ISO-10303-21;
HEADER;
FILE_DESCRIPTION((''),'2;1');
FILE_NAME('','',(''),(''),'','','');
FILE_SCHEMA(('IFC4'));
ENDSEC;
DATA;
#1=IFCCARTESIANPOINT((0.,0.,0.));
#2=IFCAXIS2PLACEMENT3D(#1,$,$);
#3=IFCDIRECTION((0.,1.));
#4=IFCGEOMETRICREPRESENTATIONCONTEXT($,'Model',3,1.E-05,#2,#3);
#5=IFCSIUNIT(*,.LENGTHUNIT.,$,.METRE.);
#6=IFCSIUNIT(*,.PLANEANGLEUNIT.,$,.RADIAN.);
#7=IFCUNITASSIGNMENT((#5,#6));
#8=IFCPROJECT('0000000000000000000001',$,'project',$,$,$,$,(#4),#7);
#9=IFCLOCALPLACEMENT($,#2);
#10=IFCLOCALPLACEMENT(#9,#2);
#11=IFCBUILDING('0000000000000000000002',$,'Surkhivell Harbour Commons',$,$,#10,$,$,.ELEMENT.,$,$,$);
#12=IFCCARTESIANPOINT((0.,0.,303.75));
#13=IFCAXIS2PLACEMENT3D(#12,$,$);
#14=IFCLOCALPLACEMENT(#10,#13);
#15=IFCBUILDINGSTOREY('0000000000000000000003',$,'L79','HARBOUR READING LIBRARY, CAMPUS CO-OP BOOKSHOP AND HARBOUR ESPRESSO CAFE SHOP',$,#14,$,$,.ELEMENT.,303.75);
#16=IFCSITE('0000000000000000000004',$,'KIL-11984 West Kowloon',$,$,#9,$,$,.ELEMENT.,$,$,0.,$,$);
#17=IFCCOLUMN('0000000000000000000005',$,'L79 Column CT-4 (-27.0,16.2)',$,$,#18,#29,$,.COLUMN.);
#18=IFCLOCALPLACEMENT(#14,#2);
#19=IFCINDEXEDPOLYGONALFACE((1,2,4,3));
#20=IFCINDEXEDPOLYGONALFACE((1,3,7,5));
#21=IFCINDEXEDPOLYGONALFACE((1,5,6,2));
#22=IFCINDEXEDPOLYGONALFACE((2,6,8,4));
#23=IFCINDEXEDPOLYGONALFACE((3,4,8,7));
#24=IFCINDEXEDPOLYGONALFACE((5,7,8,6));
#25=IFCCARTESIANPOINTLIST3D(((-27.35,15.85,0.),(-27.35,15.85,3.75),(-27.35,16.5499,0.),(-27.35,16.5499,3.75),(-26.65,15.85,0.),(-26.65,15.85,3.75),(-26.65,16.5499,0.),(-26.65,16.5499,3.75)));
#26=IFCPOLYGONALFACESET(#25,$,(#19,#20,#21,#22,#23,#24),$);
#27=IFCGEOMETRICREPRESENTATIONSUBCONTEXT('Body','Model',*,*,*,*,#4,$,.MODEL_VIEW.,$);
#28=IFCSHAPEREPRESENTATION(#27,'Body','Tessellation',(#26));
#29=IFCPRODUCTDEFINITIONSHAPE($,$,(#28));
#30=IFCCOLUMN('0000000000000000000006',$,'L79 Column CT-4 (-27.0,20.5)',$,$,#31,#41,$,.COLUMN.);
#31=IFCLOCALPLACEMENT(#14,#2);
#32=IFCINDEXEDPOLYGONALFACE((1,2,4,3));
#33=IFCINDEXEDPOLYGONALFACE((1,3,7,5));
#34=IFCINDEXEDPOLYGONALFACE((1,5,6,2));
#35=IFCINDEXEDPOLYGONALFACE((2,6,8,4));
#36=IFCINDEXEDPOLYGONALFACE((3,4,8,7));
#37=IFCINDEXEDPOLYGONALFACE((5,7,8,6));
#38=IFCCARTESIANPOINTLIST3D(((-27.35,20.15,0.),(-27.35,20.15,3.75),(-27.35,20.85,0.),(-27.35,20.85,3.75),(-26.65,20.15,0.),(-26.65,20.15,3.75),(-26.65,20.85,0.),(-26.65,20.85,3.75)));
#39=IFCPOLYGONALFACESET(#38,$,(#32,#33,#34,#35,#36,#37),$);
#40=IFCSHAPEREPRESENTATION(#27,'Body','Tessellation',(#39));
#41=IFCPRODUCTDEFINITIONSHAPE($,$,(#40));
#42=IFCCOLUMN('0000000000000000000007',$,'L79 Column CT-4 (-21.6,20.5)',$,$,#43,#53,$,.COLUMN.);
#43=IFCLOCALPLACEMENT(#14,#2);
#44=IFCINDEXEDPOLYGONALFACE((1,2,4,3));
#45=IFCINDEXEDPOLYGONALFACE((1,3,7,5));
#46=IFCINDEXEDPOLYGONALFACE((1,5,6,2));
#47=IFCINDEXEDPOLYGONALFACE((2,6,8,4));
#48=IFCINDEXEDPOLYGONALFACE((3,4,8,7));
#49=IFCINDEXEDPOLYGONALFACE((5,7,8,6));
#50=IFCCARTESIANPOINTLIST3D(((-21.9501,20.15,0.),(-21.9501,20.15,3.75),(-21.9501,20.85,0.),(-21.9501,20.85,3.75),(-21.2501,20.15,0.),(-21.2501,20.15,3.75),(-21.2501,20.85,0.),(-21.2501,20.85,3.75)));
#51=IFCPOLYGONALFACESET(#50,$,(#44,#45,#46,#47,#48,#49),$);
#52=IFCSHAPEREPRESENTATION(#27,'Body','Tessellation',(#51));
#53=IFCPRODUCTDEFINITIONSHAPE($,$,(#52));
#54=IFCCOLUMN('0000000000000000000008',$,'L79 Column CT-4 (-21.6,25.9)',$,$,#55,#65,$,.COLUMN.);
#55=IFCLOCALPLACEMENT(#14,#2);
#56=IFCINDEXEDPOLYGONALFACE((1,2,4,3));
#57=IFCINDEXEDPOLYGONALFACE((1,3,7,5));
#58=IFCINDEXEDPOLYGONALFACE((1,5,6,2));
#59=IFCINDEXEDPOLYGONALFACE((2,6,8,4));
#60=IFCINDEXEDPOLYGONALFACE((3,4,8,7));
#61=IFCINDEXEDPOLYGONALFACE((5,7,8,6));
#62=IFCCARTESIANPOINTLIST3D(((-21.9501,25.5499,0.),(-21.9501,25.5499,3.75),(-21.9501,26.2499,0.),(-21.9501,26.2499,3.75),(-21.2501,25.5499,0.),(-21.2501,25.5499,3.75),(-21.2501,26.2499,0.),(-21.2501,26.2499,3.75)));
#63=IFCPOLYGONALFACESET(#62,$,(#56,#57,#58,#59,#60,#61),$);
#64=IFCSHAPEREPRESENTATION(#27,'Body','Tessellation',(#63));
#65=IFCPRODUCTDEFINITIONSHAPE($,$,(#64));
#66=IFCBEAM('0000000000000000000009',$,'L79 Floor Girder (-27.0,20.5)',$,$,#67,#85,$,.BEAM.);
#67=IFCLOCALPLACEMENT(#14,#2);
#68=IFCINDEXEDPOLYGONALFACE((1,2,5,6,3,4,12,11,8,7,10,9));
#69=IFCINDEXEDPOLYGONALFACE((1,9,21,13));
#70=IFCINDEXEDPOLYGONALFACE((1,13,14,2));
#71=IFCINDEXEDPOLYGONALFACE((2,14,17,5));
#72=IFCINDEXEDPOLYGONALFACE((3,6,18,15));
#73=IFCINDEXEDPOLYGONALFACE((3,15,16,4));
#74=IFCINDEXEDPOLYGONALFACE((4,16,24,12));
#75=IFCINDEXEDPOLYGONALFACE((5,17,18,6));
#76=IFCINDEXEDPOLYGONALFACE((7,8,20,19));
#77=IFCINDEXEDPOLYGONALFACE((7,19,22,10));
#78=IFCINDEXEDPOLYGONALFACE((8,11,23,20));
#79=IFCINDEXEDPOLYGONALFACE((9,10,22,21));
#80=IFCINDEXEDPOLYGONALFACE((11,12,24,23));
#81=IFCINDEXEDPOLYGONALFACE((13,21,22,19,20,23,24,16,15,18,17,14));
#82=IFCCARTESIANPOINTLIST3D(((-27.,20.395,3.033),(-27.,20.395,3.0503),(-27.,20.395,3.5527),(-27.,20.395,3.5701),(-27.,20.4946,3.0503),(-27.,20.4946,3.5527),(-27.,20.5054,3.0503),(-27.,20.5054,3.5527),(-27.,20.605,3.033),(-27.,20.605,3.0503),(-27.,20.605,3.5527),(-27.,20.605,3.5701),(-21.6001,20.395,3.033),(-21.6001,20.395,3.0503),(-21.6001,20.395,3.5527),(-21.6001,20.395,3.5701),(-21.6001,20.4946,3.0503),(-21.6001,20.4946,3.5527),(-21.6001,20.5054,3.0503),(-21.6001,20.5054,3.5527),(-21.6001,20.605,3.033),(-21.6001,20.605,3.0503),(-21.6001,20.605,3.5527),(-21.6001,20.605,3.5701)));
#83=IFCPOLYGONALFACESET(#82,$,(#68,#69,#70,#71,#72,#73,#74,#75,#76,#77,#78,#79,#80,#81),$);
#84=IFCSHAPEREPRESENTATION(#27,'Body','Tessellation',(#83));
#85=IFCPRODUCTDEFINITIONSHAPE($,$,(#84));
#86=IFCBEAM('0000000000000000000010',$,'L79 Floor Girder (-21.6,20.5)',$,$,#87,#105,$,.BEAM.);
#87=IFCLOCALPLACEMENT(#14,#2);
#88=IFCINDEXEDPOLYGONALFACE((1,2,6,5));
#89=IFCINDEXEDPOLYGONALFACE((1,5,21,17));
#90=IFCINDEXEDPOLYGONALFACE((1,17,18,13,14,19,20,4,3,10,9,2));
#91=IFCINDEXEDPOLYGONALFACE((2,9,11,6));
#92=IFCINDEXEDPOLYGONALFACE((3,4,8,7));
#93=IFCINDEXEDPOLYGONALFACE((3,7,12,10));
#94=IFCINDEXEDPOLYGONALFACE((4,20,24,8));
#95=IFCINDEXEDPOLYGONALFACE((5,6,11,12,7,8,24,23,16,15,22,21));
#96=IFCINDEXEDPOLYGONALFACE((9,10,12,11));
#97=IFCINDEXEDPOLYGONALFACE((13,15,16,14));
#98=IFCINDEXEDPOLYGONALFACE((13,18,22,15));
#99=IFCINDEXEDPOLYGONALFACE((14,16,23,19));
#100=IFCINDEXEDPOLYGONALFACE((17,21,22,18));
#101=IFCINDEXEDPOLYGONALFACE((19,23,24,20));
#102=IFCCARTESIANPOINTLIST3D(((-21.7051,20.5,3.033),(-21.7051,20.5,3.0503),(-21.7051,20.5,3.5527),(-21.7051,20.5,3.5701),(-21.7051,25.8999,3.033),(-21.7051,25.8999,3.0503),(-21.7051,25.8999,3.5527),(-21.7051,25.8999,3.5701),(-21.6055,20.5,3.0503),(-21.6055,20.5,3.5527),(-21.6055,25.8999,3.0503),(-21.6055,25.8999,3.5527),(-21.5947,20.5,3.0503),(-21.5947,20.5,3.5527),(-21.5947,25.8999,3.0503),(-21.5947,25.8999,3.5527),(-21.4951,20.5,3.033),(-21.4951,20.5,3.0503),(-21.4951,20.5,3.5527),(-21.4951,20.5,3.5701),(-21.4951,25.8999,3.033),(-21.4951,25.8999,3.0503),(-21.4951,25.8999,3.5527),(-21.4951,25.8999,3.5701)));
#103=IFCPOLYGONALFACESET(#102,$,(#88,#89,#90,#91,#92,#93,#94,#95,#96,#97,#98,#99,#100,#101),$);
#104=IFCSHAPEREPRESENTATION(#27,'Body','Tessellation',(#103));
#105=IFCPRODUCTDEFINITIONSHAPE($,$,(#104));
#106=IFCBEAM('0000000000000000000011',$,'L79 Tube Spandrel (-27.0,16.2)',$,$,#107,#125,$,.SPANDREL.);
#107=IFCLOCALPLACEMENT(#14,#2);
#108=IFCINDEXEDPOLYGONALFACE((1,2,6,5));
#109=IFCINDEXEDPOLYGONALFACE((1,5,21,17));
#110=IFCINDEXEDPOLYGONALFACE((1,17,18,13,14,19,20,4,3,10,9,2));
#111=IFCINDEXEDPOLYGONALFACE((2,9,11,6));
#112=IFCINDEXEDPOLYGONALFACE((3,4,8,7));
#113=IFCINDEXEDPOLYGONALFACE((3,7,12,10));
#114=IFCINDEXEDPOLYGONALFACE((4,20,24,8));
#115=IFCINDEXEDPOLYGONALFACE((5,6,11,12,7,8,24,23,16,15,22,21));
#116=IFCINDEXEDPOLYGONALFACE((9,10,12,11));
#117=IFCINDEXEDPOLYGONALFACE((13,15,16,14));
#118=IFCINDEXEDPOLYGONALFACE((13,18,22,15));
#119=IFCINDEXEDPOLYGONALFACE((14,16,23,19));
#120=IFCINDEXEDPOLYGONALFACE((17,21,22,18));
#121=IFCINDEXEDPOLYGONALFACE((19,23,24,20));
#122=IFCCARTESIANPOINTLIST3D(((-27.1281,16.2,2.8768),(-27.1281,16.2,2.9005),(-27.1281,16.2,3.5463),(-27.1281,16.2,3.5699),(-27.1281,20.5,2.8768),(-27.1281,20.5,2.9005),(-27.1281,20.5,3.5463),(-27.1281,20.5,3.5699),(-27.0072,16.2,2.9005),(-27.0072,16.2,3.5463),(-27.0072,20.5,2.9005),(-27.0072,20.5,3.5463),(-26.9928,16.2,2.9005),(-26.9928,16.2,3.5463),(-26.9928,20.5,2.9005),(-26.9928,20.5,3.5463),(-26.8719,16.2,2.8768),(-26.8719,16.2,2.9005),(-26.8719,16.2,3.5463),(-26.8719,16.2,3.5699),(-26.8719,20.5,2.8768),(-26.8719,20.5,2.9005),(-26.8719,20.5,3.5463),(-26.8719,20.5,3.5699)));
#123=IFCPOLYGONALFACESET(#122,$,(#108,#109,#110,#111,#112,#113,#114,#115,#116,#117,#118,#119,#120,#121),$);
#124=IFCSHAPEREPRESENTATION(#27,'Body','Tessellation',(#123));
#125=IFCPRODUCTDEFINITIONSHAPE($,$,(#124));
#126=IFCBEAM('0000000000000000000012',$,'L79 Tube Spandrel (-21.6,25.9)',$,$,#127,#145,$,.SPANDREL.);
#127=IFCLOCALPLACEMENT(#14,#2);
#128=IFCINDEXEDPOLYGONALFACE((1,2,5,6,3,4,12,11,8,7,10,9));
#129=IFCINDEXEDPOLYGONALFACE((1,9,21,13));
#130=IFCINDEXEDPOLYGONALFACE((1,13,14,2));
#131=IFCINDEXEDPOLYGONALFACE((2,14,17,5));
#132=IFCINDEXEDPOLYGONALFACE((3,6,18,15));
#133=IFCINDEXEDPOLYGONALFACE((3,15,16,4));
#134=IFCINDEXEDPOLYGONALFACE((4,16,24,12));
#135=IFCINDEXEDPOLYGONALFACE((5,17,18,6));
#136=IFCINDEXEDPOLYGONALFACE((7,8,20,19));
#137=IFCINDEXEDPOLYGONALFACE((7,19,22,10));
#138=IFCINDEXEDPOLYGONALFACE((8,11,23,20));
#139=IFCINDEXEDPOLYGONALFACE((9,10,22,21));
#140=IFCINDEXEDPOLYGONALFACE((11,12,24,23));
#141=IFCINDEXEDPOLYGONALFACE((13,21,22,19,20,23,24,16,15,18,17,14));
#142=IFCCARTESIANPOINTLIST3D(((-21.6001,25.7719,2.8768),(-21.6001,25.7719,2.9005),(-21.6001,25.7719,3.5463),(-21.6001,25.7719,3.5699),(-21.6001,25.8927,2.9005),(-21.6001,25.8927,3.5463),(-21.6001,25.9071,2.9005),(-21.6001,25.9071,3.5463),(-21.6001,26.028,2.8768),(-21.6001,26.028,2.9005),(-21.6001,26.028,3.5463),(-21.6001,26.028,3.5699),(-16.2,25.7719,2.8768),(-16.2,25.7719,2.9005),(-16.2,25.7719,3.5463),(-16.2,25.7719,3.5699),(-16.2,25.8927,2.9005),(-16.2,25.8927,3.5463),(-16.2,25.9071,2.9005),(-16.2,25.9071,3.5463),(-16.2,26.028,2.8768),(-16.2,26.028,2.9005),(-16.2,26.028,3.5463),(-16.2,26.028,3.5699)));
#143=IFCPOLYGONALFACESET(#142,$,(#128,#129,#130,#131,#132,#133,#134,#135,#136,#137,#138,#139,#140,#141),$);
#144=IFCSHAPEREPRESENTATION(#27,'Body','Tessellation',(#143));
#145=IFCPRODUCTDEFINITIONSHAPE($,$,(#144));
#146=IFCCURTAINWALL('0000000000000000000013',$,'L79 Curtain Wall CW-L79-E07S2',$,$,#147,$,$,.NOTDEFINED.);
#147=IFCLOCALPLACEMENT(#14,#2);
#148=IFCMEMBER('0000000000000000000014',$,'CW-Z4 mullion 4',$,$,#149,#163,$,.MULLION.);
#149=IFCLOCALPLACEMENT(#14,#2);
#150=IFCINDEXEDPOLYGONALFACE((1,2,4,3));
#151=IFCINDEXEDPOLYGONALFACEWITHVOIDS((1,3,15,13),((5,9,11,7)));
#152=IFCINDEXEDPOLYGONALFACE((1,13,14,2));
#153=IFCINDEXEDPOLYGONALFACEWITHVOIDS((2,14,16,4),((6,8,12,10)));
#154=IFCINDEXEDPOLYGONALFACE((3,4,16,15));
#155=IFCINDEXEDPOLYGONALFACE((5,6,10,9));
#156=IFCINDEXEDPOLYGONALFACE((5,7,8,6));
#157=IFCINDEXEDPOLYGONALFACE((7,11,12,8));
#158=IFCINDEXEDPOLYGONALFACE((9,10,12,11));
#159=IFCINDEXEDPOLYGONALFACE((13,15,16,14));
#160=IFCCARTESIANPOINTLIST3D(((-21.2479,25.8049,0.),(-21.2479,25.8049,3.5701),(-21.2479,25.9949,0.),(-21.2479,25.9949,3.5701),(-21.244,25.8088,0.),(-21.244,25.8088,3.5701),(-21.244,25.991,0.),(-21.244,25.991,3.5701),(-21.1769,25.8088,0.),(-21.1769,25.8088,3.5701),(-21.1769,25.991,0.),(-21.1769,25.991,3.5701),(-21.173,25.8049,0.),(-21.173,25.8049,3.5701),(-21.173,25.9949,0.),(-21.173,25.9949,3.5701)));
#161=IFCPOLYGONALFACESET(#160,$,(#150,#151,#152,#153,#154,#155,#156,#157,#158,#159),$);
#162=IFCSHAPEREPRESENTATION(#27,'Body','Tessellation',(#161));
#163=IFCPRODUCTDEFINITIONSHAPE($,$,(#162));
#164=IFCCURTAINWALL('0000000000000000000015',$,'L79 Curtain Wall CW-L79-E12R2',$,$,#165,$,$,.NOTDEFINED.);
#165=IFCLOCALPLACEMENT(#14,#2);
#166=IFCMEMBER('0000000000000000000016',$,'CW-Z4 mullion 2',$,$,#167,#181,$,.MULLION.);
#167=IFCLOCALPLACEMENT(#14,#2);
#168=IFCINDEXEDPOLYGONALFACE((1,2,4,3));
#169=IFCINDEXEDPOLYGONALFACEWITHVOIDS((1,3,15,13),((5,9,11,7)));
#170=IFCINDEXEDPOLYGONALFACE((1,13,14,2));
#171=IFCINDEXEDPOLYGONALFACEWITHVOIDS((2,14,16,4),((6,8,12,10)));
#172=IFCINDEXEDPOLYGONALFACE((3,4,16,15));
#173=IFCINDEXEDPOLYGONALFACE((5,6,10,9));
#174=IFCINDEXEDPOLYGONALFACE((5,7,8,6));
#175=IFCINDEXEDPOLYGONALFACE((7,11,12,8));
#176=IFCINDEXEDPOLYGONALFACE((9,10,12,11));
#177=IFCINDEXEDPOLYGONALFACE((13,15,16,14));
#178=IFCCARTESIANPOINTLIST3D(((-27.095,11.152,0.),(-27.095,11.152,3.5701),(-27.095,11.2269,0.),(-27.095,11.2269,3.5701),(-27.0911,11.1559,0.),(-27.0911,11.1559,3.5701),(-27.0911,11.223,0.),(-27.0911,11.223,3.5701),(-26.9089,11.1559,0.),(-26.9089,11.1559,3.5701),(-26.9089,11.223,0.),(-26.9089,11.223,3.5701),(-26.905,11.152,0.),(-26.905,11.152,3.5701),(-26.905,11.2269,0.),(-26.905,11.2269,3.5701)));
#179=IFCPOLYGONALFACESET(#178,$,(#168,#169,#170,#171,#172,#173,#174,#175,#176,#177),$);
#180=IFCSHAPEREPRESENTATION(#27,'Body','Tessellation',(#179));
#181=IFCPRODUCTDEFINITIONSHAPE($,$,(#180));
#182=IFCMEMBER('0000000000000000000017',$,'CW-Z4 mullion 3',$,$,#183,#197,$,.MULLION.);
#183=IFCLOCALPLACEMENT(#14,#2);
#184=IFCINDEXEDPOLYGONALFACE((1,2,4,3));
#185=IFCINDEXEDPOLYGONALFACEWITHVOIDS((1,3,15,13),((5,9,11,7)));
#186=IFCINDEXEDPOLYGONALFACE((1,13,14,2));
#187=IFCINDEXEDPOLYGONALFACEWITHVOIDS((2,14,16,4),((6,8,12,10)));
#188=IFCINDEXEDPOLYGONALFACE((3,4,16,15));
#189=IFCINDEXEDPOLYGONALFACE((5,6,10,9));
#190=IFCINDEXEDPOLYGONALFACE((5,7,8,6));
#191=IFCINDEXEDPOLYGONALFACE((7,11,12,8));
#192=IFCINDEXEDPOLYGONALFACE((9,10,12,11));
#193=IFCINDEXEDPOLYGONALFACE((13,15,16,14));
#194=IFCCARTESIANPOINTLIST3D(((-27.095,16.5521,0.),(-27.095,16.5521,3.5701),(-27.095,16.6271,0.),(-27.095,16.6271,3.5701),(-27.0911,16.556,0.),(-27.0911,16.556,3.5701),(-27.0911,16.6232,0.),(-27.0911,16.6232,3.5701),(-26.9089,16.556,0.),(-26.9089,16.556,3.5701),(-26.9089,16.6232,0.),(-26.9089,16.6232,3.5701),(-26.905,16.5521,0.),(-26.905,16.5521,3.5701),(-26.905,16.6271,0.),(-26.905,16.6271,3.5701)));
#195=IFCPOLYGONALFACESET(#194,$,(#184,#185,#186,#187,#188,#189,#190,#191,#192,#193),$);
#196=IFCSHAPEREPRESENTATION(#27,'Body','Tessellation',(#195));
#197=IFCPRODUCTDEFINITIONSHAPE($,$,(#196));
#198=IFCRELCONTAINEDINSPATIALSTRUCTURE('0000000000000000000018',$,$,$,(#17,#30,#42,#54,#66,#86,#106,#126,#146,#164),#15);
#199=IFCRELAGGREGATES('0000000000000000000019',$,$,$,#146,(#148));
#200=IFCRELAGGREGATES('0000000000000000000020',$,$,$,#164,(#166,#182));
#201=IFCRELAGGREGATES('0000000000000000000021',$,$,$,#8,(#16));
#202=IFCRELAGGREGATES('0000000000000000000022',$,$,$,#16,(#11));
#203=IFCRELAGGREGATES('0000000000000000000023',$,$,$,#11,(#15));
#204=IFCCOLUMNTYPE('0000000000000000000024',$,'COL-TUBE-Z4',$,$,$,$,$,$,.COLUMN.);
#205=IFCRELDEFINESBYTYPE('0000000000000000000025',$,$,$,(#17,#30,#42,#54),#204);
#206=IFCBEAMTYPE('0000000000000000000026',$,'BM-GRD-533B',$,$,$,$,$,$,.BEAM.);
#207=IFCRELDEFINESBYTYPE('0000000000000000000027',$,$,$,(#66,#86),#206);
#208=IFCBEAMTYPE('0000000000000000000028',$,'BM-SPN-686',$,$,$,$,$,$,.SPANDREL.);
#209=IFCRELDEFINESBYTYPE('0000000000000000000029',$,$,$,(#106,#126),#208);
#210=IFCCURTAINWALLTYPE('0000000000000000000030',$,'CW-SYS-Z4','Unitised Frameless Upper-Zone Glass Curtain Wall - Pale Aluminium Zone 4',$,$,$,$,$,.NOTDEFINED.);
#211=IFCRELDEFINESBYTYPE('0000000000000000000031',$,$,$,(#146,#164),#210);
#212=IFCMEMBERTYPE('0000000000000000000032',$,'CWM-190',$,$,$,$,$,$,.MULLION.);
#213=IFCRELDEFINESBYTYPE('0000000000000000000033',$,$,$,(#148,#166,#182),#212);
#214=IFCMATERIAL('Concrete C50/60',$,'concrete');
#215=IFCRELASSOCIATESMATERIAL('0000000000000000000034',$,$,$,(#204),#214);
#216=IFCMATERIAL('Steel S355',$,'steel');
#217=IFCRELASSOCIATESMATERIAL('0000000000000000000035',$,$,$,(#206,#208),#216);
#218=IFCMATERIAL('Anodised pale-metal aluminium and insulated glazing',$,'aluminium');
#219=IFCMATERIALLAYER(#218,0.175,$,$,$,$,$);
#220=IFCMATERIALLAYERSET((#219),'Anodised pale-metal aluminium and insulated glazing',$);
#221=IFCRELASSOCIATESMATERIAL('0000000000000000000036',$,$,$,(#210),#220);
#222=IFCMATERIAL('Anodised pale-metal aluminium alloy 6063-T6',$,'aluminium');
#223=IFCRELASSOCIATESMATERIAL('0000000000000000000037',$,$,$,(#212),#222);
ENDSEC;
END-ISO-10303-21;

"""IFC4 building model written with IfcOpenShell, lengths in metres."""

from ifc_helpers import new_model, si_unit, direction, frame, origin, origin_2d, place, context, subcontext, project, spatial, rectangle, hollow_rectangle, i_section, extrude, material, layer, layer_set, material_profile, profile_set, type_object, element, aggregate, save


model = new_model("IFC4")

# Units and contexts
model_context = context("Model", 3, precision=1e-05, world=origin(), true_north=direction((0.0, 1.0)))
body_context = subcontext(model_context, "Body", "Model", "MODEL_VIEW")
ifc_project = project(units=[si_unit("LENGTHUNIT", "METRE"), si_unit("PLANEANGLEUNIT", "RADIAN")], contexts=[model_context])

# Site, building, storey
site_placement = place(None, origin())
site = spatial("IfcSite", under=ifc_project, at=site_placement, Name="KIL-11984 West Kowloon", CompositionType="ELEMENT", RefElevation=0.0)
building_placement = place(site_placement, origin())
building = spatial("IfcBuilding", under=site, at=building_placement, Name="Surkhivell Harbour Commons", CompositionType="ELEMENT")
storey_placement = place(building_placement, frame((0.0, 0.0, 303.75)))
storey = spatial("IfcBuildingStorey", under=building, at=storey_placement, Name="L79", Description="HARBOUR READING LIBRARY, CAMPUS CO-OP BOOKSHOP AND HARBOUR ESPRESSO CAFE SHOP", CompositionType="ELEMENT", Elevation=303.75)

# Columns
ifc_material_1 = material(Name="Concrete C50/60", Category="concrete")
ifc_material_profile_1 = material_profile(ifc_material_1, rectangle(XDim=0.7, YDim=0.7, at=origin_2d()), Name="RC-COL-700x700")
ifc_profile_set_1 = profile_set([ifc_material_profile_1], Name="Concrete C50/60")
column_type = type_object("IfcColumnType", Name="COL-TUBE-Z4", PredefinedType="COLUMN", material=ifc_profile_set_1)
for number, where, z_axis, x_axis, name in (
    (1, (-27.0, 16.2, 0.0), (0.0, 0.0, 1.0), (1.0, 0.0, 0.0), "L79 Column CT-4 (-27.0,16.2)"),
    (2, (-27.0, 20.5, 0.0), (0.0, 0.0, 1.0), (1.0, 0.0, 0.0), "L79 Column CT-4 (-27.0,20.5)"),
    (3, (-21.6001, 20.5, 0.0), (0.0, 0.0, 1.0), (1.0, 0.0, 0.0), "L79 Column CT-4 (-21.6,20.5)"),
    (4, (-21.6001, 25.8999, 0.0), (0.0, 0.0, 1.0), (1.0, 0.0, 0.0), "L79 Column CT-4 (-21.6,25.9)"),
):
    element("IfcColumn", number, at=place(storey_placement, frame(where, z_axis=z_axis, x_axis=x_axis)), inside=storey, type_object=column_type, Name=name, PredefinedType="COLUMN", context=body_context, shape_type="SweptSolid", body=[
        extrude(rectangle(XDim=0.7, YDim=0.7, at=origin_2d()), origin(), (0.0, 0.0, 1.0), 3.75),
    ])

# Beams
ifc_material_2 = material(Name="Steel S355", Category="steel")
ifc_material_profile_2 = material_profile(ifc_material_2, i_section(OverallWidth=0.21, OverallDepth=0.5371, WebThickness=0.0107, FlangeThickness=0.0173, at=origin_2d()), Name="UB533x210x101")
ifc_profile_set_2 = profile_set([ifc_material_profile_2], Name="Steel S355")
beam_type_1 = type_object("IfcBeamType", Name="BM-GRD-533B", PredefinedType="BEAM", material=ifc_profile_set_2)
for number, where, z_axis, x_axis, name in (
    (5, (-27.0, 20.5, 3.3015), (1.0, 0.0, 0.0), (0.0, 1.0, 0.0), "L79 Floor Girder (-27.0,20.5)"),
    (6, (-21.6001, 20.5, 3.3015), (0.0, 1.0, 0.0), (-1.0, 0.0, 0.0), "L79 Floor Girder (-21.6,20.5)"),
):
    element("IfcBeam", number, at=place(storey_placement, frame(where, z_axis=z_axis, x_axis=x_axis)), inside=storey, type_object=beam_type_1, Name=name, PredefinedType="BEAM", context=body_context, shape_type="SweptSolid", body=[
        extrude(i_section(OverallWidth=0.21, OverallDepth=0.5371, WebThickness=0.0107, FlangeThickness=0.0173, at=origin_2d()), origin(), (0.0, 0.0, 1.0), 5.3999),
    ])
ifc_material_profile_3 = material_profile(ifc_material_2, i_section(OverallWidth=0.2561, OverallDepth=0.6931, WebThickness=0.0144, FlangeThickness=0.0237, at=origin_2d()), Name="UB686x254x170")
ifc_profile_set_3 = profile_set([ifc_material_profile_3], Name="Steel S355")
beam_type_2 = type_object("IfcBeamType", Name="BM-SPN-686", PredefinedType="SPANDREL", material=ifc_profile_set_3)
beam_1_placement = place(storey_placement, frame((-27.0, 16.2, 3.2234), z_axis=(0.0, 1.0, 0.0), x_axis=(-1.0, 0.0, 0.0)))
element("IfcBeam", 7, at=beam_1_placement, inside=storey, type_object=beam_type_2, Name="L79 Tube Spandrel (-27.0,16.2)", PredefinedType="SPANDREL", context=body_context, shape_type="SweptSolid", body=[
    extrude(i_section(OverallWidth=0.2561, OverallDepth=0.6931, WebThickness=0.0144, FlangeThickness=0.0237, at=origin_2d()), origin(), (0.0, 0.0, 1.0), 4.3),
])
beam_2_placement = place(storey_placement, frame((-21.6001, 25.8999, 3.2234), z_axis=(1.0, 0.0, 0.0), x_axis=(0.0, 1.0, 0.0)))
element("IfcBeam", 8, at=beam_2_placement, inside=storey, type_object=beam_type_2, Name="L79 Tube Spandrel (-21.6,25.9)", PredefinedType="SPANDREL", context=body_context, shape_type="SweptSolid", body=[
    extrude(i_section(OverallWidth=0.2561, OverallDepth=0.6931, WebThickness=0.0144, FlangeThickness=0.0237, at=origin_2d()), origin(), (0.0, 0.0, 1.0), 5.4001),
])

# Curtain wall, member
ifc_material_3 = material(Name="Anodised pale-metal aluminium and insulated glazing", Category="aluminium")
ifc_layer_1 = layer(ifc_material_3, 0.175)
ifc_layer_set_1 = layer_set([ifc_layer_1], Name="Anodised pale-metal aluminium and insulated glazing")
curtain_wall_type = type_object("IfcCurtainWallType", Name="CW-SYS-Z4", Description="Unitised Frameless Upper-Zone Glass Curtain Wall - Pale Aluminium Zone 4", PredefinedType="NOTDEFINED", material=ifc_layer_set_1)
curtain_wall_1_placement = place(storey_placement, origin())
curtain_wall_1 = element("IfcCurtainWall", 9, at=curtain_wall_1_placement, inside=storey, type_object=curtain_wall_type, Name="L79 Curtain Wall CW-L79-E07S2", PredefinedType="NOTDEFINED")
ifc_material_4 = material(Name="Anodised pale-metal aluminium alloy 6063-T6", Category="aluminium")
ifc_material_profile_4 = material_profile(ifc_material_4, hollow_rectangle(XDim=0.075, YDim=0.1899, WallThickness=0.0039, at=origin_2d()), Name="ALU-MULL-75x190")
ifc_profile_set_4 = profile_set([ifc_material_profile_4], Name="Anodised pale-metal aluminium alloy 6063-T6")
member_type_1 = type_object("IfcMemberType", Name="CWM-190", PredefinedType="MULLION", material=ifc_profile_set_4)
member_1_placement = place(storey_placement, frame((-21.2104, 25.8999, 0.0), z_axis=(0.0, 0.0, 1.0), x_axis=(-1.0, 0.0, 0.0)))
member_1 = element("IfcMember", 10, at=member_1_placement, type_object=member_type_1, Name="CW-Z4 mullion 4", PredefinedType="MULLION", context=body_context, shape_type="SweptSolid", body=[
    extrude(hollow_rectangle(XDim=0.075, YDim=0.1899, WallThickness=0.0039, at=origin_2d()), origin(), (0.0, 0.0, 1.0), 3.5701),
])

# Curtain wall, members
curtain_wall_2_placement = place(storey_placement, origin())
curtain_wall_2 = element("IfcCurtainWall", 11, at=curtain_wall_2_placement, inside=storey, type_object=curtain_wall_type, Name="L79 Curtain Wall CW-L79-E12R2", PredefinedType="NOTDEFINED")
member_2_placement = place(storey_placement, frame((-27.0, 11.1895, 0.0), z_axis=(0.0, 0.0, 1.0), x_axis=(0.0, 1.0, 0.0)))
member_2 = element("IfcMember", 12, at=member_2_placement, type_object=member_type_1, Name="CW-Z4 mullion 2", PredefinedType="MULLION", context=body_context, shape_type="SweptSolid", body=[
    extrude(hollow_rectangle(XDim=0.075, YDim=0.1899, WallThickness=0.0039, at=origin_2d()), origin(), (0.0, 0.0, 1.0), 3.5701),
])
member_3_placement = place(storey_placement, frame((-27.0, 16.5896, 0.0), z_axis=(0.0, 0.0, 1.0), x_axis=(0.0, 1.0, 0.0)))
member_3 = element("IfcMember", 13, at=member_3_placement, type_object=member_type_1, Name="CW-Z4 mullion 3", PredefinedType="MULLION", context=body_context, shape_type="SweptSolid", body=[
    extrude(hollow_rectangle(XDim=0.075, YDim=0.1899, WallThickness=0.0039, at=origin_2d()), origin(), (0.0, 0.0, 1.0), 3.5701),
])

aggregate(curtain_wall_1, [member_1])
aggregate(curtain_wall_2, [member_2, member_3])

save(model, "model.ifc")
